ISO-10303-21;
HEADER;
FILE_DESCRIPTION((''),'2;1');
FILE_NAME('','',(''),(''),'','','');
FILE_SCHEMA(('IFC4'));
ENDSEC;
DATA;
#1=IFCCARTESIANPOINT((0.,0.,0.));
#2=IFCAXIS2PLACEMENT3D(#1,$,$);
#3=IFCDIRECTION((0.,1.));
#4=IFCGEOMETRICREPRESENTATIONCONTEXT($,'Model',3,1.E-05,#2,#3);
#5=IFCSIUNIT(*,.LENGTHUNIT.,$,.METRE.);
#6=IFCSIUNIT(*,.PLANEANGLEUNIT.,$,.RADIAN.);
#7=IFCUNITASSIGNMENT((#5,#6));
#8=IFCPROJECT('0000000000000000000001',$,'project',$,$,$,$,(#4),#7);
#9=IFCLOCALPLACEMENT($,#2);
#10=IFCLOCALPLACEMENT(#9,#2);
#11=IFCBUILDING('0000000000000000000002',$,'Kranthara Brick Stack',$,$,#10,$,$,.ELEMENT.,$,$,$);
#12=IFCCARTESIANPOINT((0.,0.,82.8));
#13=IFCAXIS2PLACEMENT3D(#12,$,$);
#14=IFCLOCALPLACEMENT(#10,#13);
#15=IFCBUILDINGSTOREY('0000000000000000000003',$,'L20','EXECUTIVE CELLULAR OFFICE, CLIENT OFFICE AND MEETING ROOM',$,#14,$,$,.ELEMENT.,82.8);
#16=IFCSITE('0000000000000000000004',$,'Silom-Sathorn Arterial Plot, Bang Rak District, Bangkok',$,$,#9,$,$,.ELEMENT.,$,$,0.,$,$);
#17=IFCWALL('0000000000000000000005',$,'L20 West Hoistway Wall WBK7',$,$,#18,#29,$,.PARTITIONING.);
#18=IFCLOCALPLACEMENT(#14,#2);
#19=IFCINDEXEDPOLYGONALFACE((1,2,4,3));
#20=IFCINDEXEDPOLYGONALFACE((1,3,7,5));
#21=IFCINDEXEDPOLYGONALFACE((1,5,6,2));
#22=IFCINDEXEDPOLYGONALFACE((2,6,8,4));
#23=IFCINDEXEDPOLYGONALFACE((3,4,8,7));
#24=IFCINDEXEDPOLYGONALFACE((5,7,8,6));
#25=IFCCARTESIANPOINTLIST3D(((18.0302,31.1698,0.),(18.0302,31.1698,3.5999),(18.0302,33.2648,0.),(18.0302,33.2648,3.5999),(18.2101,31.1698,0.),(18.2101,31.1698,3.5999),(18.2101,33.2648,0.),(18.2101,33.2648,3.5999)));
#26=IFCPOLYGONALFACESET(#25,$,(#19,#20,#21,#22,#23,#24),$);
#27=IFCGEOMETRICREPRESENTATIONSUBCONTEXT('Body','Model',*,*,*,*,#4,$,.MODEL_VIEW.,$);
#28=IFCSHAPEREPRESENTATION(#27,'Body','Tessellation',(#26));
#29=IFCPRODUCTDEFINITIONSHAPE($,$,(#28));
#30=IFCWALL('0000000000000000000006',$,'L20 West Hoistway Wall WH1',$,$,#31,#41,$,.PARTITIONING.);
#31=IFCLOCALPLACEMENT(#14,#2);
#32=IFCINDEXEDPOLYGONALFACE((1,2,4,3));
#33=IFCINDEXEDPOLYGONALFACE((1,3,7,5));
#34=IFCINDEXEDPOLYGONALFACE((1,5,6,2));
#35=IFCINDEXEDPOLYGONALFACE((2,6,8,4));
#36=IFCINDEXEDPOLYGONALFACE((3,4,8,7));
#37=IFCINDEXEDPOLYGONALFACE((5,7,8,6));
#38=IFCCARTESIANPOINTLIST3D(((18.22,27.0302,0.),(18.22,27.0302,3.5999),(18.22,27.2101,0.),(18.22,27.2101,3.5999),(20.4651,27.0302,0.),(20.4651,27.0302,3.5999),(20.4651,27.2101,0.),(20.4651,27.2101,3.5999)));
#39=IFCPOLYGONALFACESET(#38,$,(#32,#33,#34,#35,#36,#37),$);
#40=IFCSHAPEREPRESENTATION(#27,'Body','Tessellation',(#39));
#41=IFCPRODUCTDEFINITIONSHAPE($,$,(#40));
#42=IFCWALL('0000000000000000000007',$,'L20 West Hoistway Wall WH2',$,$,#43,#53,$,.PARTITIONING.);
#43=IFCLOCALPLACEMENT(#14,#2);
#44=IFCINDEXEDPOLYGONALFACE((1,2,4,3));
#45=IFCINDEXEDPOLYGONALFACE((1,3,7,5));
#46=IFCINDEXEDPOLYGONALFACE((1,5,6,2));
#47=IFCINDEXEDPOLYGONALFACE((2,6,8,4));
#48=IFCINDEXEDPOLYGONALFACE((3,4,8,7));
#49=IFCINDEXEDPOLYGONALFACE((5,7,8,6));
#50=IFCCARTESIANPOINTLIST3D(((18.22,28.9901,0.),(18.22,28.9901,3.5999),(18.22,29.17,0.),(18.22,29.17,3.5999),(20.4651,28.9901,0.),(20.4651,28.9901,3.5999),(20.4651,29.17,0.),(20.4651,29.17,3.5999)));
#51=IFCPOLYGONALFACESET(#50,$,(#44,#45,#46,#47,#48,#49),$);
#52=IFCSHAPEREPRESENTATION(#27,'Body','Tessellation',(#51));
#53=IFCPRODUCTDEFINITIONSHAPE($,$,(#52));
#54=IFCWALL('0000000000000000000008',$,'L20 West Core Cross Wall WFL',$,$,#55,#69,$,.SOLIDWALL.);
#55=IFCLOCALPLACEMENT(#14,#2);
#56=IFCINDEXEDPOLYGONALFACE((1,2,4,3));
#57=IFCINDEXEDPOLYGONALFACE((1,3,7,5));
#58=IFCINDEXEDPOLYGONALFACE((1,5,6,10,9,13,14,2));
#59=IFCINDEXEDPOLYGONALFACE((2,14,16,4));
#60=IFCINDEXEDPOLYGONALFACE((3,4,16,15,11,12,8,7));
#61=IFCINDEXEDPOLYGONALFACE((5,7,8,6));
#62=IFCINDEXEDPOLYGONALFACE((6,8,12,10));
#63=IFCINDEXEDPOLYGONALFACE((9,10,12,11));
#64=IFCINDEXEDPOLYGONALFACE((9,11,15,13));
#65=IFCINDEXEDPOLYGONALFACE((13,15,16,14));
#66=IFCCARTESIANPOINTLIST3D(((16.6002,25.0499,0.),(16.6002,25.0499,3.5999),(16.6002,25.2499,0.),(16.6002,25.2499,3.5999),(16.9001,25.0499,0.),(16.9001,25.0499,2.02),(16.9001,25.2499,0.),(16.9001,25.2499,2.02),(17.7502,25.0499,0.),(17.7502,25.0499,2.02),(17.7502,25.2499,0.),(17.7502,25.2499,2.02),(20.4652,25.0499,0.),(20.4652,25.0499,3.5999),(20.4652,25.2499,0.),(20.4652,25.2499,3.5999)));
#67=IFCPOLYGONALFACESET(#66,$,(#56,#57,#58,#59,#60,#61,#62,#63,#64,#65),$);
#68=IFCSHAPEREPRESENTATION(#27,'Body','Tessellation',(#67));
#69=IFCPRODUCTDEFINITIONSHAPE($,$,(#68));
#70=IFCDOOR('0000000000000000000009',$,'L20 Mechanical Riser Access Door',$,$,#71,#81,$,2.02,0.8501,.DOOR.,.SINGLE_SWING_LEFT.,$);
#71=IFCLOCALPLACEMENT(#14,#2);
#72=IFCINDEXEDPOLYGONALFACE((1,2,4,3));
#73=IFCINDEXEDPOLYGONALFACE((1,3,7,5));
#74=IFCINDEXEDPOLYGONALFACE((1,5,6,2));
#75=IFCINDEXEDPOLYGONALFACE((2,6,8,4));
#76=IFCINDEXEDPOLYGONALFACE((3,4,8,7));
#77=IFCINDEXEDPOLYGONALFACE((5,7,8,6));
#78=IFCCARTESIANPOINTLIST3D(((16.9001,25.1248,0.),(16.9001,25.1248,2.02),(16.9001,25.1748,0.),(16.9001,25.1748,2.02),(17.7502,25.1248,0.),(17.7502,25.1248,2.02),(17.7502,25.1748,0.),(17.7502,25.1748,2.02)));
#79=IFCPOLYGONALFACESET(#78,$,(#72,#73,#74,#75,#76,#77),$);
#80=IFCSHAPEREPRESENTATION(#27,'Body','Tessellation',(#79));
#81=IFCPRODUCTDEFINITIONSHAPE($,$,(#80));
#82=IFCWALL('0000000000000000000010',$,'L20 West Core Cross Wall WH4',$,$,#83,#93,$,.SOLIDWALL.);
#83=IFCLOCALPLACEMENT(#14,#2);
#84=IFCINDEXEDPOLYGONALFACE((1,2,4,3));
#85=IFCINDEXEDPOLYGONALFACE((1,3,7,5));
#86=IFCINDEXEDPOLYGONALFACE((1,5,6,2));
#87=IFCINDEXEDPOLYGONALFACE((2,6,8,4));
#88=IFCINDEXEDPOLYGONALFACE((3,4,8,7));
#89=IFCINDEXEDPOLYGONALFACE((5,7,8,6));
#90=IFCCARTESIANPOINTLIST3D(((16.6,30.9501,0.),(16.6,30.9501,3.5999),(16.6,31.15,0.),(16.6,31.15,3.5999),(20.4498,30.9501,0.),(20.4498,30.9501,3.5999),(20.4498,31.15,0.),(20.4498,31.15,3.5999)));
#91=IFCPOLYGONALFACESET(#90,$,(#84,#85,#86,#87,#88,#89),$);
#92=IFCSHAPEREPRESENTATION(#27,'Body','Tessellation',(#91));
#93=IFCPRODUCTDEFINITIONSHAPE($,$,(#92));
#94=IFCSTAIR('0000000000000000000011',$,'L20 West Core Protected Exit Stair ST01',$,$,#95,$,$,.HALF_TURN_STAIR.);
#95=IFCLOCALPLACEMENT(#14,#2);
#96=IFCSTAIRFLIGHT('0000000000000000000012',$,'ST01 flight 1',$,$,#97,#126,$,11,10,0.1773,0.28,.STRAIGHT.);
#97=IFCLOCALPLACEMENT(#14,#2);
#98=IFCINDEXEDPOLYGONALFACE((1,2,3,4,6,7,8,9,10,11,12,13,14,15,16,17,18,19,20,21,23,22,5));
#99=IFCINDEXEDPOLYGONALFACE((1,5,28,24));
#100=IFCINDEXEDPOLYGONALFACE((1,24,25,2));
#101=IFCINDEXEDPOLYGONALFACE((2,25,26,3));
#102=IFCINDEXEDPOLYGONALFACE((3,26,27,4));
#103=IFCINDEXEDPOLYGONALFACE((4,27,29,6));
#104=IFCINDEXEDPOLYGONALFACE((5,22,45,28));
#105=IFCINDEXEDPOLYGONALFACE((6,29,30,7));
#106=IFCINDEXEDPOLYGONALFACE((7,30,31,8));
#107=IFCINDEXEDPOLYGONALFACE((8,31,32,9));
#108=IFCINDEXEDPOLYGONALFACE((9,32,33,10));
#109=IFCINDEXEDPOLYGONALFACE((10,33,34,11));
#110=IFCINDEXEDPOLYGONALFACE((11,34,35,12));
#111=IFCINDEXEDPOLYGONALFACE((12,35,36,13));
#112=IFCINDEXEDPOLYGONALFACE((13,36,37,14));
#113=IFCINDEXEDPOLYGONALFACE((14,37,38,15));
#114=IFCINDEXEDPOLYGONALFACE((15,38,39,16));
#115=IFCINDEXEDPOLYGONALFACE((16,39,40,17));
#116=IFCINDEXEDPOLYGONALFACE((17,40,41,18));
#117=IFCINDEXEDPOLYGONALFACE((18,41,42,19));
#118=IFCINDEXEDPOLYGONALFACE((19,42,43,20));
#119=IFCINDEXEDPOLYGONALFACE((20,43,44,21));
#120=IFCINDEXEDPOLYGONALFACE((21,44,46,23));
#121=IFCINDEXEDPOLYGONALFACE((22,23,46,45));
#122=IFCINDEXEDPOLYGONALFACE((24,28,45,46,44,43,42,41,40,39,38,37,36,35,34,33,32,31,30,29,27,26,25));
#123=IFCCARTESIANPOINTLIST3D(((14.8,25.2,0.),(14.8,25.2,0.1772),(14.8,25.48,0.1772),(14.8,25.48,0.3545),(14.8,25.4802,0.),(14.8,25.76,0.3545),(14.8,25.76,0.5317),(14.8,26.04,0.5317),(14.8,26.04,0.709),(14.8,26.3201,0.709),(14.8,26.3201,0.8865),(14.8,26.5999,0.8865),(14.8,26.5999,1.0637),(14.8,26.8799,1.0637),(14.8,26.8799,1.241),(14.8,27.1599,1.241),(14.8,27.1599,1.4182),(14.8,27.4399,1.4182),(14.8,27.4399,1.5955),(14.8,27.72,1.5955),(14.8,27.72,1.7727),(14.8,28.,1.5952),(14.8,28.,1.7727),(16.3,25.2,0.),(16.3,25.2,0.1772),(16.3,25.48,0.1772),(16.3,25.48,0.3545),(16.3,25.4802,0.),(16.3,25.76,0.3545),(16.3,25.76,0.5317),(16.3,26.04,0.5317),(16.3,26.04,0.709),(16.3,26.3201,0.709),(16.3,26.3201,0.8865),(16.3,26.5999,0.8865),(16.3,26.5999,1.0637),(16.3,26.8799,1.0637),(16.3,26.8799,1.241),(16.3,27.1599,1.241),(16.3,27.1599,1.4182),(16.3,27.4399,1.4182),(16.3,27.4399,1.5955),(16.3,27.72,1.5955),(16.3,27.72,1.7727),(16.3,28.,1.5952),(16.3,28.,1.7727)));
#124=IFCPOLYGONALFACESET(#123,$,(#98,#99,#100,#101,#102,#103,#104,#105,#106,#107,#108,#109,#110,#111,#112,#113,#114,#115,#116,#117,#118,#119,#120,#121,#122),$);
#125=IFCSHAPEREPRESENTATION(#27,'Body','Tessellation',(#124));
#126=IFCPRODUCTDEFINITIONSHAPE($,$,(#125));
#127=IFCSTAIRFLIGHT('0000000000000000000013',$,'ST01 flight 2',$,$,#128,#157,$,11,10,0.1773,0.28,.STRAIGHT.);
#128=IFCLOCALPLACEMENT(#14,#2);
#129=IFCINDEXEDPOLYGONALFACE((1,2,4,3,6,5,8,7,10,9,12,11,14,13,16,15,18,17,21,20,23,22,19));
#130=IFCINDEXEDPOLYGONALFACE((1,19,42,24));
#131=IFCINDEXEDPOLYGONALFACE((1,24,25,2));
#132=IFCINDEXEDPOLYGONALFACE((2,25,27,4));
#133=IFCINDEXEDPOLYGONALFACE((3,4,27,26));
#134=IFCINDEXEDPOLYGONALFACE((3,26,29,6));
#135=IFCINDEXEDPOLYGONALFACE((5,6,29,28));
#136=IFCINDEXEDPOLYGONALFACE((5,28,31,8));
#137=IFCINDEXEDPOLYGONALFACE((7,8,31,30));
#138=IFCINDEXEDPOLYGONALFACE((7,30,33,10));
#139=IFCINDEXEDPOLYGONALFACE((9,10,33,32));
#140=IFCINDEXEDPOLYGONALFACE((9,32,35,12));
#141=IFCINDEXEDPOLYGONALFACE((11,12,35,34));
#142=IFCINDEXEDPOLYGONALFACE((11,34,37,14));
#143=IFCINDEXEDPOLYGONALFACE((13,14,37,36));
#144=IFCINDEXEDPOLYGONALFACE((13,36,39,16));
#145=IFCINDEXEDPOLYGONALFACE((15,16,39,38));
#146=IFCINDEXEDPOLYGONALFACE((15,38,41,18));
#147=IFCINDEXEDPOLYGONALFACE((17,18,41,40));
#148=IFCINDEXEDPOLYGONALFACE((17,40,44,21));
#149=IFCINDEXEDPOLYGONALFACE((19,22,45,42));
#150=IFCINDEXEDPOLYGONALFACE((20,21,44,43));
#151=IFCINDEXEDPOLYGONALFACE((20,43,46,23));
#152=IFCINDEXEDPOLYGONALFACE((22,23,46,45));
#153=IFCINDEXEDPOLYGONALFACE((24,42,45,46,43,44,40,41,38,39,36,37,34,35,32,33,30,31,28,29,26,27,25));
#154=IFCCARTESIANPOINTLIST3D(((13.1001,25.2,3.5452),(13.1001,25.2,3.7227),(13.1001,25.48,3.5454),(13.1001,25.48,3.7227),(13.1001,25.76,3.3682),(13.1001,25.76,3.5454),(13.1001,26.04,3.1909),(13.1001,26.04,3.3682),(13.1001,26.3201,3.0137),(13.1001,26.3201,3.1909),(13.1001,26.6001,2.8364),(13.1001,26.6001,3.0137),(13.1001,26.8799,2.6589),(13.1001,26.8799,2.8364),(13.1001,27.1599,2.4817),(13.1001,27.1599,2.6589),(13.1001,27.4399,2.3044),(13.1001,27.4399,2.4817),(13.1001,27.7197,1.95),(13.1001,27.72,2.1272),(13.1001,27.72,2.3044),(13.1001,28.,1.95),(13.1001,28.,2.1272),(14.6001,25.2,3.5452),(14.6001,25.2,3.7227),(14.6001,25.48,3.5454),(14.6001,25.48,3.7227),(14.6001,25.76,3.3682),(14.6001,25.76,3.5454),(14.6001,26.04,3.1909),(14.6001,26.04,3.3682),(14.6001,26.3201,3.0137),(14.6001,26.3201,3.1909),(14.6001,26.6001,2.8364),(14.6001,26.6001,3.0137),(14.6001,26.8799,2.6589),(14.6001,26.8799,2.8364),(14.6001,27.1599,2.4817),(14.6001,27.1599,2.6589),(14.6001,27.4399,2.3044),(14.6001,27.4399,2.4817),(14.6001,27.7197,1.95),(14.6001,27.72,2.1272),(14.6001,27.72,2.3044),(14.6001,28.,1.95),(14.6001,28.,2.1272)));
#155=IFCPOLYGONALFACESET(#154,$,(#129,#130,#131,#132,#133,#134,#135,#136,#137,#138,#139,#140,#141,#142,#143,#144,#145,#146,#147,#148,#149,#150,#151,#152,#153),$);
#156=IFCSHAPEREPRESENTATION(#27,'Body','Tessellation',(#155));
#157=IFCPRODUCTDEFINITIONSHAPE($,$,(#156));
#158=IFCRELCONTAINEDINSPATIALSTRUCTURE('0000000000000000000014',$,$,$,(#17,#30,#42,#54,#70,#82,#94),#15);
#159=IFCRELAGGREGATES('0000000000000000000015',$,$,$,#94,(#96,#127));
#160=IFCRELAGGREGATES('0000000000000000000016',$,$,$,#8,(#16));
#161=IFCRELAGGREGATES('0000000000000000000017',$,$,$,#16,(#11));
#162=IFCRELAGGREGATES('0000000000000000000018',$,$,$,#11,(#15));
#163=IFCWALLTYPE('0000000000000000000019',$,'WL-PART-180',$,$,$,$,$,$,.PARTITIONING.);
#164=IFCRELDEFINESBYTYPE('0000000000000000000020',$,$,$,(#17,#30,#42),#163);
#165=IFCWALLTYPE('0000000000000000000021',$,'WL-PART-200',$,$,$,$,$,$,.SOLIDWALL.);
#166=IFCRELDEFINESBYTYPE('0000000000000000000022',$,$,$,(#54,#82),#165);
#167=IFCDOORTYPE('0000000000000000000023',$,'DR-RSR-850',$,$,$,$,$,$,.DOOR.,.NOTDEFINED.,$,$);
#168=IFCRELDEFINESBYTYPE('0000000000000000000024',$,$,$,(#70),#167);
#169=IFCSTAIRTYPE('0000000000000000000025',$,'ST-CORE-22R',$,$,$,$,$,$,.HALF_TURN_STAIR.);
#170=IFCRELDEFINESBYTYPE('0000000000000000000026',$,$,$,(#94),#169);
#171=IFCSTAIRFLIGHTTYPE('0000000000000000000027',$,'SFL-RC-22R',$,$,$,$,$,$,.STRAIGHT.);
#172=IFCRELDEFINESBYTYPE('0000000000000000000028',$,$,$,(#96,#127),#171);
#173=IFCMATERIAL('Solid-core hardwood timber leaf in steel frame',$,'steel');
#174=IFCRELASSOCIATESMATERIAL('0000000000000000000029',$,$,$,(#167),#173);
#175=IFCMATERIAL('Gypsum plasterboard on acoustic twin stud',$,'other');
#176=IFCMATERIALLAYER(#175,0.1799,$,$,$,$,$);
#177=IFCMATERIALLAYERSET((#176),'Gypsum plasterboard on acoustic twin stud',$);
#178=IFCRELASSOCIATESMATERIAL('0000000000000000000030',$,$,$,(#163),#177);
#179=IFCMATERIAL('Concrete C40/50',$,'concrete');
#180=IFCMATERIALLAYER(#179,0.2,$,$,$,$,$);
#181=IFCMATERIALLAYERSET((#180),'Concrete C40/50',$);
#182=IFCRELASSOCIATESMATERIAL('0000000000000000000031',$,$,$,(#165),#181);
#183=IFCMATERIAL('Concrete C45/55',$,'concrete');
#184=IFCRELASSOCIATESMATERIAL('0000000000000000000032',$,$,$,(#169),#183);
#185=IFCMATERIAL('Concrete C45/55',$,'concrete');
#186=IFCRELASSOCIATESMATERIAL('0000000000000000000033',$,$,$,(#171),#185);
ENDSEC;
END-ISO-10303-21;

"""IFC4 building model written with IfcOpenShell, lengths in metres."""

from ifc_helpers import new_model, si_unit, direction, frame, frame_2d, origin, place, context, subcontext, project, spatial, polyline, rectangle, outline, extrude, material, layer, layer_set, type_object, element, fill, aggregate, save


model = new_model("IFC4")

# Units and contexts
model_context = context("Model", 3, precision=1e-05, world=origin(), true_north=direction((0.0, 1.0)))
body_context = subcontext(model_context, "Body", "Model", "MODEL_VIEW")
ifc_project = project(units=[si_unit("LENGTHUNIT", "METRE"), si_unit("PLANEANGLEUNIT", "RADIAN")], contexts=[model_context])

# Site, building, storey
site_placement = place(None, origin())
site = spatial("IfcSite", under=ifc_project, at=site_placement, Name="Silom-Sathorn Arterial Plot, Bang Rak District, Bangkok", CompositionType="ELEMENT", RefElevation=0.0)
building_placement = place(site_placement, origin())
building = spatial("IfcBuilding", under=site, at=building_placement, Name="Kranthara Brick Stack", CompositionType="ELEMENT")
storey_placement = place(building_placement, frame((0.0, 0.0, 82.8)))
storey = spatial("IfcBuildingStorey", under=building, at=storey_placement, Name="L20", Description="EXECUTIVE CELLULAR OFFICE, CLIENT OFFICE AND MEETING ROOM", CompositionType="ELEMENT", Elevation=82.8)

# Shared definitions
ifc_material_1 = material(Name="Solid-core hardwood timber leaf in steel frame", Category="steel")
door_type_1 = type_object("IfcDoorType", Name="DR-RSR-850", OperationType="NOTDEFINED", PredefinedType="DOOR", material=ifc_material_1)

# Walls
ifc_material_2 = material(Name="Gypsum plasterboard on acoustic twin stud", Category="other")
ifc_layer_1 = layer(ifc_material_2, 0.1799)
ifc_layer_set_1 = layer_set([ifc_layer_1], Name="Gypsum plasterboard on acoustic twin stud")
wall_type_1 = type_object("IfcWallType", Name="WL-PART-180", PredefinedType="PARTITIONING", material=ifc_layer_set_1)
wall_1_placement = place(storey_placement, frame((18.1201, 31.1699, 0.0), z_axis=(0.0, 0.0, 1.0), x_axis=(0.0, 1.0, 0.0)))
element("IfcWall", 1, at=wall_1_placement, inside=storey, type_object=wall_type_1, Name="L20 West Hoistway Wall WBK7", PredefinedType="PARTITIONING", context=body_context, shape_type="SweptSolid", body=[
    extrude(rectangle(XDim=2.095, YDim=0.1799, at=frame_2d((1.0474, 0.0))), origin(), (0.0, 0.0, 1.0), 3.5999),
])
for number, where, z_axis, x_axis, name in (
    (2, (18.22, 27.1201, 0.0), (0.0, 0.0, 1.0), (1.0, 0.0, 0.0), "L20 West Hoistway Wall WH1"),
    (3, (18.22, 29.0801, 0.0), (0.0, 0.0, 1.0), (1.0, 0.0, 0.0), "L20 West Hoistway Wall WH2"),
):
    element("IfcWall", number, at=place(storey_placement, frame(where, z_axis=z_axis, x_axis=x_axis)), inside=storey, type_object=wall_type_1, Name=name, PredefinedType="PARTITIONING", context=body_context, shape_type="SweptSolid", body=[
        extrude(rectangle(XDim=2.2451, YDim=0.1799, at=frame_2d((1.1226, 0.0))), origin(), (0.0, 0.0, 1.0), 3.5999),
    ])

# Wall, opening, door
ifc_material_3 = material(Name="Concrete C40/50", Category="concrete")
ifc_layer_2 = layer(ifc_material_3, 0.2)
ifc_layer_set_2 = layer_set([ifc_layer_2], Name="Concrete C40/50")
wall_type_2 = type_object("IfcWallType", Name="WL-PART-200", PredefinedType="SOLIDWALL", material=ifc_layer_set_2)
wall_2_placement = place(storey_placement, frame((16.6001, 25.1499, 0.0), z_axis=(0.0, 0.0, 1.0), x_axis=(1.0, 0.0, 0.0)))
wall_2 = element("IfcWall", 4, at=wall_2_placement, inside=storey, type_object=wall_type_2, Name="L20 West Core Cross Wall WFL", PredefinedType="SOLIDWALL", context=body_context, shape_type="SweptSolid", body=[
    extrude(rectangle(XDim=3.865, YDim=0.2, at=frame_2d((1.9326, 0.0))), origin(), (0.0, 0.0, 1.0), 3.5999),
])
opening_1_placement = place(wall_2_placement, frame((0.3, 0.0, 0.0)))
opening_1 = element("IfcOpeningElement", 5, at=opening_1_placement, cuts=wall_2, PredefinedType="OPENING", context=body_context, shape_type="SweptSolid", body=[
    extrude(rectangle(XDim=0.8501, YDim=2.02, at=frame_2d((0.425, 1.01))), frame((0.0, 0.1099, 0.0), z_axis=(0.0, -1.0, 0.0), x_axis=(1.0, 0.0, 0.0)), (0.0, 0.0, 1.0), 0.22),
])
door_1_placement = place(opening_1_placement, origin())
door_1 = element("IfcDoor", 6, at=door_1_placement, inside=storey, type_object=door_type_1, Name="L20 Mechanical Riser Access Door", OperationType="SINGLE_SWING_LEFT", OverallHeight=2.02, OverallWidth=0.8501, PredefinedType="DOOR", context=body_context, shape_type="SweptSolid", body=[
    extrude(rectangle(XDim=0.8501, YDim=2.02, at=frame_2d((0.425, 1.01))), frame((0.0, 0.0249, 0.0), z_axis=(0.0, -1.0, 0.0), x_axis=(1.0, 0.0, 0.0)), (0.0, 0.0, 1.0), 0.05),
])
fill(opening_1, door_1)

# Wall
wall_3_placement = place(storey_placement, frame((16.6001, 31.05, 0.0), z_axis=(0.0, 0.0, 1.0), x_axis=(1.0, 0.0, 0.0)))
element("IfcWall", 7, at=wall_3_placement, inside=storey, type_object=wall_type_2, Name="L20 West Core Cross Wall WH4", PredefinedType="SOLIDWALL", context=body_context, shape_type="SweptSolid", body=[
    extrude(rectangle(XDim=3.8499, YDim=0.2, at=frame_2d((1.9248, 0.0))), origin(), (0.0, 0.0, 1.0), 3.5999),
])

# Stair, stair flights
ifc_material_4 = material(Name="Concrete C45/55", Category="concrete")
stair_type = type_object("IfcStairType", Name="ST-CORE-22R", PredefinedType="HALF_TURN_STAIR", material=ifc_material_4)
stair_placement = place(storey_placement, origin())
stair = element("IfcStair", 8, at=stair_placement, inside=storey, type_object=stair_type, Name="L20 West Core Protected Exit Stair ST01", PredefinedType="HALF_TURN_STAIR")
ifc_material_5 = material(Name="Concrete C45/55", Category="concrete")
stair_flight_type = type_object("IfcStairFlightType", Name="SFL-RC-22R", PredefinedType="STRAIGHT", material=ifc_material_5)
stair_flight_1_placement = place(storey_placement, frame((15.55, 25.2, 0.0), z_axis=(0.0, 0.0, 1.0), x_axis=(0.0, 1.0, 0.0)))
stair_flight_1 = element("IfcStairFlight", 9, at=stair_flight_1_placement, type_object=stair_flight_type, Name="ST01 flight 1", NumberOfRisers=11, NumberOfTreads=10, PredefinedType="STRAIGHT", RiserHeight=0.1773, TreadLength=0.28, context=body_context, shape_type="SweptSolid", body=[
    extrude(outline(polyline([(0.0, 0.0), (0.0, 0.1772), (0.28, 0.1772), (0.28, 0.3545), (0.5601, 0.3545), (0.5601, 0.5317), (0.8401, 0.5317), (0.8401, 0.709), (1.1201, 0.709), (1.1201, 0.8865), (1.3999, 0.8865), (1.3999, 1.0637), (1.6799, 1.0637), (1.6799, 1.241), (1.96, 1.241), (1.96, 1.4182), (2.24, 1.4182), (2.24, 1.5955), (2.52, 1.5955), (2.52, 1.7727), (2.8, 1.7727), (2.8, 1.95), (2.8, 1.5952), (0.2803, 0.0), (0.0, 0.0)])), frame((0.0, 0.75, 0.0), z_axis=(0.0, -1.0, 0.0), x_axis=(1.0, 0.0, 0.0)), (0.0, 0.0, 1.0), 1.5),
])
stair_flight_2_placement = place(storey_placement, frame((13.8501, 28.0, 1.95), z_axis=(0.0, 0.0, 1.0), x_axis=(0.0, -1.0, 0.0)))
stair_flight_2 = element("IfcStairFlight", 10, at=stair_flight_2_placement, type_object=stair_flight_type, Name="ST01 flight 2", NumberOfRisers=11, NumberOfTreads=10, PredefinedType="STRAIGHT", RiserHeight=0.1773, TreadLength=0.28, context=body_context, shape_type="SweptSolid", body=[
    extrude(outline(polyline([(0.0, 0.0), (0.0, 0.1772), (0.28, 0.1772), (0.28, 0.3545), (0.5601, 0.3545), (0.5601, 0.5317), (0.8401, 0.5317), (0.8401, 0.709), (1.1201, 0.709), (1.1201, 0.8865), (1.3999, 0.8865), (1.3999, 1.0637), (1.6799, 1.0637), (1.6799, 1.241), (1.96, 1.241), (1.96, 1.4182), (2.24, 1.4182), (2.24, 1.5955), (2.52, 1.5955), (2.52, 1.7727), (2.8, 1.7727), (2.8, 1.95), (2.8, 1.5952), (0.2803, 0.0), (0.0, 0.0)])), frame((0.0, 0.75, 0.0), z_axis=(0.0, -1.0, 0.0), x_axis=(1.0, 0.0, 0.0)), (0.0, 0.0, 1.0), 1.5),
])
aggregate(stair, [stair_flight_1, stair_flight_2])

save(model, "model.ifc")
